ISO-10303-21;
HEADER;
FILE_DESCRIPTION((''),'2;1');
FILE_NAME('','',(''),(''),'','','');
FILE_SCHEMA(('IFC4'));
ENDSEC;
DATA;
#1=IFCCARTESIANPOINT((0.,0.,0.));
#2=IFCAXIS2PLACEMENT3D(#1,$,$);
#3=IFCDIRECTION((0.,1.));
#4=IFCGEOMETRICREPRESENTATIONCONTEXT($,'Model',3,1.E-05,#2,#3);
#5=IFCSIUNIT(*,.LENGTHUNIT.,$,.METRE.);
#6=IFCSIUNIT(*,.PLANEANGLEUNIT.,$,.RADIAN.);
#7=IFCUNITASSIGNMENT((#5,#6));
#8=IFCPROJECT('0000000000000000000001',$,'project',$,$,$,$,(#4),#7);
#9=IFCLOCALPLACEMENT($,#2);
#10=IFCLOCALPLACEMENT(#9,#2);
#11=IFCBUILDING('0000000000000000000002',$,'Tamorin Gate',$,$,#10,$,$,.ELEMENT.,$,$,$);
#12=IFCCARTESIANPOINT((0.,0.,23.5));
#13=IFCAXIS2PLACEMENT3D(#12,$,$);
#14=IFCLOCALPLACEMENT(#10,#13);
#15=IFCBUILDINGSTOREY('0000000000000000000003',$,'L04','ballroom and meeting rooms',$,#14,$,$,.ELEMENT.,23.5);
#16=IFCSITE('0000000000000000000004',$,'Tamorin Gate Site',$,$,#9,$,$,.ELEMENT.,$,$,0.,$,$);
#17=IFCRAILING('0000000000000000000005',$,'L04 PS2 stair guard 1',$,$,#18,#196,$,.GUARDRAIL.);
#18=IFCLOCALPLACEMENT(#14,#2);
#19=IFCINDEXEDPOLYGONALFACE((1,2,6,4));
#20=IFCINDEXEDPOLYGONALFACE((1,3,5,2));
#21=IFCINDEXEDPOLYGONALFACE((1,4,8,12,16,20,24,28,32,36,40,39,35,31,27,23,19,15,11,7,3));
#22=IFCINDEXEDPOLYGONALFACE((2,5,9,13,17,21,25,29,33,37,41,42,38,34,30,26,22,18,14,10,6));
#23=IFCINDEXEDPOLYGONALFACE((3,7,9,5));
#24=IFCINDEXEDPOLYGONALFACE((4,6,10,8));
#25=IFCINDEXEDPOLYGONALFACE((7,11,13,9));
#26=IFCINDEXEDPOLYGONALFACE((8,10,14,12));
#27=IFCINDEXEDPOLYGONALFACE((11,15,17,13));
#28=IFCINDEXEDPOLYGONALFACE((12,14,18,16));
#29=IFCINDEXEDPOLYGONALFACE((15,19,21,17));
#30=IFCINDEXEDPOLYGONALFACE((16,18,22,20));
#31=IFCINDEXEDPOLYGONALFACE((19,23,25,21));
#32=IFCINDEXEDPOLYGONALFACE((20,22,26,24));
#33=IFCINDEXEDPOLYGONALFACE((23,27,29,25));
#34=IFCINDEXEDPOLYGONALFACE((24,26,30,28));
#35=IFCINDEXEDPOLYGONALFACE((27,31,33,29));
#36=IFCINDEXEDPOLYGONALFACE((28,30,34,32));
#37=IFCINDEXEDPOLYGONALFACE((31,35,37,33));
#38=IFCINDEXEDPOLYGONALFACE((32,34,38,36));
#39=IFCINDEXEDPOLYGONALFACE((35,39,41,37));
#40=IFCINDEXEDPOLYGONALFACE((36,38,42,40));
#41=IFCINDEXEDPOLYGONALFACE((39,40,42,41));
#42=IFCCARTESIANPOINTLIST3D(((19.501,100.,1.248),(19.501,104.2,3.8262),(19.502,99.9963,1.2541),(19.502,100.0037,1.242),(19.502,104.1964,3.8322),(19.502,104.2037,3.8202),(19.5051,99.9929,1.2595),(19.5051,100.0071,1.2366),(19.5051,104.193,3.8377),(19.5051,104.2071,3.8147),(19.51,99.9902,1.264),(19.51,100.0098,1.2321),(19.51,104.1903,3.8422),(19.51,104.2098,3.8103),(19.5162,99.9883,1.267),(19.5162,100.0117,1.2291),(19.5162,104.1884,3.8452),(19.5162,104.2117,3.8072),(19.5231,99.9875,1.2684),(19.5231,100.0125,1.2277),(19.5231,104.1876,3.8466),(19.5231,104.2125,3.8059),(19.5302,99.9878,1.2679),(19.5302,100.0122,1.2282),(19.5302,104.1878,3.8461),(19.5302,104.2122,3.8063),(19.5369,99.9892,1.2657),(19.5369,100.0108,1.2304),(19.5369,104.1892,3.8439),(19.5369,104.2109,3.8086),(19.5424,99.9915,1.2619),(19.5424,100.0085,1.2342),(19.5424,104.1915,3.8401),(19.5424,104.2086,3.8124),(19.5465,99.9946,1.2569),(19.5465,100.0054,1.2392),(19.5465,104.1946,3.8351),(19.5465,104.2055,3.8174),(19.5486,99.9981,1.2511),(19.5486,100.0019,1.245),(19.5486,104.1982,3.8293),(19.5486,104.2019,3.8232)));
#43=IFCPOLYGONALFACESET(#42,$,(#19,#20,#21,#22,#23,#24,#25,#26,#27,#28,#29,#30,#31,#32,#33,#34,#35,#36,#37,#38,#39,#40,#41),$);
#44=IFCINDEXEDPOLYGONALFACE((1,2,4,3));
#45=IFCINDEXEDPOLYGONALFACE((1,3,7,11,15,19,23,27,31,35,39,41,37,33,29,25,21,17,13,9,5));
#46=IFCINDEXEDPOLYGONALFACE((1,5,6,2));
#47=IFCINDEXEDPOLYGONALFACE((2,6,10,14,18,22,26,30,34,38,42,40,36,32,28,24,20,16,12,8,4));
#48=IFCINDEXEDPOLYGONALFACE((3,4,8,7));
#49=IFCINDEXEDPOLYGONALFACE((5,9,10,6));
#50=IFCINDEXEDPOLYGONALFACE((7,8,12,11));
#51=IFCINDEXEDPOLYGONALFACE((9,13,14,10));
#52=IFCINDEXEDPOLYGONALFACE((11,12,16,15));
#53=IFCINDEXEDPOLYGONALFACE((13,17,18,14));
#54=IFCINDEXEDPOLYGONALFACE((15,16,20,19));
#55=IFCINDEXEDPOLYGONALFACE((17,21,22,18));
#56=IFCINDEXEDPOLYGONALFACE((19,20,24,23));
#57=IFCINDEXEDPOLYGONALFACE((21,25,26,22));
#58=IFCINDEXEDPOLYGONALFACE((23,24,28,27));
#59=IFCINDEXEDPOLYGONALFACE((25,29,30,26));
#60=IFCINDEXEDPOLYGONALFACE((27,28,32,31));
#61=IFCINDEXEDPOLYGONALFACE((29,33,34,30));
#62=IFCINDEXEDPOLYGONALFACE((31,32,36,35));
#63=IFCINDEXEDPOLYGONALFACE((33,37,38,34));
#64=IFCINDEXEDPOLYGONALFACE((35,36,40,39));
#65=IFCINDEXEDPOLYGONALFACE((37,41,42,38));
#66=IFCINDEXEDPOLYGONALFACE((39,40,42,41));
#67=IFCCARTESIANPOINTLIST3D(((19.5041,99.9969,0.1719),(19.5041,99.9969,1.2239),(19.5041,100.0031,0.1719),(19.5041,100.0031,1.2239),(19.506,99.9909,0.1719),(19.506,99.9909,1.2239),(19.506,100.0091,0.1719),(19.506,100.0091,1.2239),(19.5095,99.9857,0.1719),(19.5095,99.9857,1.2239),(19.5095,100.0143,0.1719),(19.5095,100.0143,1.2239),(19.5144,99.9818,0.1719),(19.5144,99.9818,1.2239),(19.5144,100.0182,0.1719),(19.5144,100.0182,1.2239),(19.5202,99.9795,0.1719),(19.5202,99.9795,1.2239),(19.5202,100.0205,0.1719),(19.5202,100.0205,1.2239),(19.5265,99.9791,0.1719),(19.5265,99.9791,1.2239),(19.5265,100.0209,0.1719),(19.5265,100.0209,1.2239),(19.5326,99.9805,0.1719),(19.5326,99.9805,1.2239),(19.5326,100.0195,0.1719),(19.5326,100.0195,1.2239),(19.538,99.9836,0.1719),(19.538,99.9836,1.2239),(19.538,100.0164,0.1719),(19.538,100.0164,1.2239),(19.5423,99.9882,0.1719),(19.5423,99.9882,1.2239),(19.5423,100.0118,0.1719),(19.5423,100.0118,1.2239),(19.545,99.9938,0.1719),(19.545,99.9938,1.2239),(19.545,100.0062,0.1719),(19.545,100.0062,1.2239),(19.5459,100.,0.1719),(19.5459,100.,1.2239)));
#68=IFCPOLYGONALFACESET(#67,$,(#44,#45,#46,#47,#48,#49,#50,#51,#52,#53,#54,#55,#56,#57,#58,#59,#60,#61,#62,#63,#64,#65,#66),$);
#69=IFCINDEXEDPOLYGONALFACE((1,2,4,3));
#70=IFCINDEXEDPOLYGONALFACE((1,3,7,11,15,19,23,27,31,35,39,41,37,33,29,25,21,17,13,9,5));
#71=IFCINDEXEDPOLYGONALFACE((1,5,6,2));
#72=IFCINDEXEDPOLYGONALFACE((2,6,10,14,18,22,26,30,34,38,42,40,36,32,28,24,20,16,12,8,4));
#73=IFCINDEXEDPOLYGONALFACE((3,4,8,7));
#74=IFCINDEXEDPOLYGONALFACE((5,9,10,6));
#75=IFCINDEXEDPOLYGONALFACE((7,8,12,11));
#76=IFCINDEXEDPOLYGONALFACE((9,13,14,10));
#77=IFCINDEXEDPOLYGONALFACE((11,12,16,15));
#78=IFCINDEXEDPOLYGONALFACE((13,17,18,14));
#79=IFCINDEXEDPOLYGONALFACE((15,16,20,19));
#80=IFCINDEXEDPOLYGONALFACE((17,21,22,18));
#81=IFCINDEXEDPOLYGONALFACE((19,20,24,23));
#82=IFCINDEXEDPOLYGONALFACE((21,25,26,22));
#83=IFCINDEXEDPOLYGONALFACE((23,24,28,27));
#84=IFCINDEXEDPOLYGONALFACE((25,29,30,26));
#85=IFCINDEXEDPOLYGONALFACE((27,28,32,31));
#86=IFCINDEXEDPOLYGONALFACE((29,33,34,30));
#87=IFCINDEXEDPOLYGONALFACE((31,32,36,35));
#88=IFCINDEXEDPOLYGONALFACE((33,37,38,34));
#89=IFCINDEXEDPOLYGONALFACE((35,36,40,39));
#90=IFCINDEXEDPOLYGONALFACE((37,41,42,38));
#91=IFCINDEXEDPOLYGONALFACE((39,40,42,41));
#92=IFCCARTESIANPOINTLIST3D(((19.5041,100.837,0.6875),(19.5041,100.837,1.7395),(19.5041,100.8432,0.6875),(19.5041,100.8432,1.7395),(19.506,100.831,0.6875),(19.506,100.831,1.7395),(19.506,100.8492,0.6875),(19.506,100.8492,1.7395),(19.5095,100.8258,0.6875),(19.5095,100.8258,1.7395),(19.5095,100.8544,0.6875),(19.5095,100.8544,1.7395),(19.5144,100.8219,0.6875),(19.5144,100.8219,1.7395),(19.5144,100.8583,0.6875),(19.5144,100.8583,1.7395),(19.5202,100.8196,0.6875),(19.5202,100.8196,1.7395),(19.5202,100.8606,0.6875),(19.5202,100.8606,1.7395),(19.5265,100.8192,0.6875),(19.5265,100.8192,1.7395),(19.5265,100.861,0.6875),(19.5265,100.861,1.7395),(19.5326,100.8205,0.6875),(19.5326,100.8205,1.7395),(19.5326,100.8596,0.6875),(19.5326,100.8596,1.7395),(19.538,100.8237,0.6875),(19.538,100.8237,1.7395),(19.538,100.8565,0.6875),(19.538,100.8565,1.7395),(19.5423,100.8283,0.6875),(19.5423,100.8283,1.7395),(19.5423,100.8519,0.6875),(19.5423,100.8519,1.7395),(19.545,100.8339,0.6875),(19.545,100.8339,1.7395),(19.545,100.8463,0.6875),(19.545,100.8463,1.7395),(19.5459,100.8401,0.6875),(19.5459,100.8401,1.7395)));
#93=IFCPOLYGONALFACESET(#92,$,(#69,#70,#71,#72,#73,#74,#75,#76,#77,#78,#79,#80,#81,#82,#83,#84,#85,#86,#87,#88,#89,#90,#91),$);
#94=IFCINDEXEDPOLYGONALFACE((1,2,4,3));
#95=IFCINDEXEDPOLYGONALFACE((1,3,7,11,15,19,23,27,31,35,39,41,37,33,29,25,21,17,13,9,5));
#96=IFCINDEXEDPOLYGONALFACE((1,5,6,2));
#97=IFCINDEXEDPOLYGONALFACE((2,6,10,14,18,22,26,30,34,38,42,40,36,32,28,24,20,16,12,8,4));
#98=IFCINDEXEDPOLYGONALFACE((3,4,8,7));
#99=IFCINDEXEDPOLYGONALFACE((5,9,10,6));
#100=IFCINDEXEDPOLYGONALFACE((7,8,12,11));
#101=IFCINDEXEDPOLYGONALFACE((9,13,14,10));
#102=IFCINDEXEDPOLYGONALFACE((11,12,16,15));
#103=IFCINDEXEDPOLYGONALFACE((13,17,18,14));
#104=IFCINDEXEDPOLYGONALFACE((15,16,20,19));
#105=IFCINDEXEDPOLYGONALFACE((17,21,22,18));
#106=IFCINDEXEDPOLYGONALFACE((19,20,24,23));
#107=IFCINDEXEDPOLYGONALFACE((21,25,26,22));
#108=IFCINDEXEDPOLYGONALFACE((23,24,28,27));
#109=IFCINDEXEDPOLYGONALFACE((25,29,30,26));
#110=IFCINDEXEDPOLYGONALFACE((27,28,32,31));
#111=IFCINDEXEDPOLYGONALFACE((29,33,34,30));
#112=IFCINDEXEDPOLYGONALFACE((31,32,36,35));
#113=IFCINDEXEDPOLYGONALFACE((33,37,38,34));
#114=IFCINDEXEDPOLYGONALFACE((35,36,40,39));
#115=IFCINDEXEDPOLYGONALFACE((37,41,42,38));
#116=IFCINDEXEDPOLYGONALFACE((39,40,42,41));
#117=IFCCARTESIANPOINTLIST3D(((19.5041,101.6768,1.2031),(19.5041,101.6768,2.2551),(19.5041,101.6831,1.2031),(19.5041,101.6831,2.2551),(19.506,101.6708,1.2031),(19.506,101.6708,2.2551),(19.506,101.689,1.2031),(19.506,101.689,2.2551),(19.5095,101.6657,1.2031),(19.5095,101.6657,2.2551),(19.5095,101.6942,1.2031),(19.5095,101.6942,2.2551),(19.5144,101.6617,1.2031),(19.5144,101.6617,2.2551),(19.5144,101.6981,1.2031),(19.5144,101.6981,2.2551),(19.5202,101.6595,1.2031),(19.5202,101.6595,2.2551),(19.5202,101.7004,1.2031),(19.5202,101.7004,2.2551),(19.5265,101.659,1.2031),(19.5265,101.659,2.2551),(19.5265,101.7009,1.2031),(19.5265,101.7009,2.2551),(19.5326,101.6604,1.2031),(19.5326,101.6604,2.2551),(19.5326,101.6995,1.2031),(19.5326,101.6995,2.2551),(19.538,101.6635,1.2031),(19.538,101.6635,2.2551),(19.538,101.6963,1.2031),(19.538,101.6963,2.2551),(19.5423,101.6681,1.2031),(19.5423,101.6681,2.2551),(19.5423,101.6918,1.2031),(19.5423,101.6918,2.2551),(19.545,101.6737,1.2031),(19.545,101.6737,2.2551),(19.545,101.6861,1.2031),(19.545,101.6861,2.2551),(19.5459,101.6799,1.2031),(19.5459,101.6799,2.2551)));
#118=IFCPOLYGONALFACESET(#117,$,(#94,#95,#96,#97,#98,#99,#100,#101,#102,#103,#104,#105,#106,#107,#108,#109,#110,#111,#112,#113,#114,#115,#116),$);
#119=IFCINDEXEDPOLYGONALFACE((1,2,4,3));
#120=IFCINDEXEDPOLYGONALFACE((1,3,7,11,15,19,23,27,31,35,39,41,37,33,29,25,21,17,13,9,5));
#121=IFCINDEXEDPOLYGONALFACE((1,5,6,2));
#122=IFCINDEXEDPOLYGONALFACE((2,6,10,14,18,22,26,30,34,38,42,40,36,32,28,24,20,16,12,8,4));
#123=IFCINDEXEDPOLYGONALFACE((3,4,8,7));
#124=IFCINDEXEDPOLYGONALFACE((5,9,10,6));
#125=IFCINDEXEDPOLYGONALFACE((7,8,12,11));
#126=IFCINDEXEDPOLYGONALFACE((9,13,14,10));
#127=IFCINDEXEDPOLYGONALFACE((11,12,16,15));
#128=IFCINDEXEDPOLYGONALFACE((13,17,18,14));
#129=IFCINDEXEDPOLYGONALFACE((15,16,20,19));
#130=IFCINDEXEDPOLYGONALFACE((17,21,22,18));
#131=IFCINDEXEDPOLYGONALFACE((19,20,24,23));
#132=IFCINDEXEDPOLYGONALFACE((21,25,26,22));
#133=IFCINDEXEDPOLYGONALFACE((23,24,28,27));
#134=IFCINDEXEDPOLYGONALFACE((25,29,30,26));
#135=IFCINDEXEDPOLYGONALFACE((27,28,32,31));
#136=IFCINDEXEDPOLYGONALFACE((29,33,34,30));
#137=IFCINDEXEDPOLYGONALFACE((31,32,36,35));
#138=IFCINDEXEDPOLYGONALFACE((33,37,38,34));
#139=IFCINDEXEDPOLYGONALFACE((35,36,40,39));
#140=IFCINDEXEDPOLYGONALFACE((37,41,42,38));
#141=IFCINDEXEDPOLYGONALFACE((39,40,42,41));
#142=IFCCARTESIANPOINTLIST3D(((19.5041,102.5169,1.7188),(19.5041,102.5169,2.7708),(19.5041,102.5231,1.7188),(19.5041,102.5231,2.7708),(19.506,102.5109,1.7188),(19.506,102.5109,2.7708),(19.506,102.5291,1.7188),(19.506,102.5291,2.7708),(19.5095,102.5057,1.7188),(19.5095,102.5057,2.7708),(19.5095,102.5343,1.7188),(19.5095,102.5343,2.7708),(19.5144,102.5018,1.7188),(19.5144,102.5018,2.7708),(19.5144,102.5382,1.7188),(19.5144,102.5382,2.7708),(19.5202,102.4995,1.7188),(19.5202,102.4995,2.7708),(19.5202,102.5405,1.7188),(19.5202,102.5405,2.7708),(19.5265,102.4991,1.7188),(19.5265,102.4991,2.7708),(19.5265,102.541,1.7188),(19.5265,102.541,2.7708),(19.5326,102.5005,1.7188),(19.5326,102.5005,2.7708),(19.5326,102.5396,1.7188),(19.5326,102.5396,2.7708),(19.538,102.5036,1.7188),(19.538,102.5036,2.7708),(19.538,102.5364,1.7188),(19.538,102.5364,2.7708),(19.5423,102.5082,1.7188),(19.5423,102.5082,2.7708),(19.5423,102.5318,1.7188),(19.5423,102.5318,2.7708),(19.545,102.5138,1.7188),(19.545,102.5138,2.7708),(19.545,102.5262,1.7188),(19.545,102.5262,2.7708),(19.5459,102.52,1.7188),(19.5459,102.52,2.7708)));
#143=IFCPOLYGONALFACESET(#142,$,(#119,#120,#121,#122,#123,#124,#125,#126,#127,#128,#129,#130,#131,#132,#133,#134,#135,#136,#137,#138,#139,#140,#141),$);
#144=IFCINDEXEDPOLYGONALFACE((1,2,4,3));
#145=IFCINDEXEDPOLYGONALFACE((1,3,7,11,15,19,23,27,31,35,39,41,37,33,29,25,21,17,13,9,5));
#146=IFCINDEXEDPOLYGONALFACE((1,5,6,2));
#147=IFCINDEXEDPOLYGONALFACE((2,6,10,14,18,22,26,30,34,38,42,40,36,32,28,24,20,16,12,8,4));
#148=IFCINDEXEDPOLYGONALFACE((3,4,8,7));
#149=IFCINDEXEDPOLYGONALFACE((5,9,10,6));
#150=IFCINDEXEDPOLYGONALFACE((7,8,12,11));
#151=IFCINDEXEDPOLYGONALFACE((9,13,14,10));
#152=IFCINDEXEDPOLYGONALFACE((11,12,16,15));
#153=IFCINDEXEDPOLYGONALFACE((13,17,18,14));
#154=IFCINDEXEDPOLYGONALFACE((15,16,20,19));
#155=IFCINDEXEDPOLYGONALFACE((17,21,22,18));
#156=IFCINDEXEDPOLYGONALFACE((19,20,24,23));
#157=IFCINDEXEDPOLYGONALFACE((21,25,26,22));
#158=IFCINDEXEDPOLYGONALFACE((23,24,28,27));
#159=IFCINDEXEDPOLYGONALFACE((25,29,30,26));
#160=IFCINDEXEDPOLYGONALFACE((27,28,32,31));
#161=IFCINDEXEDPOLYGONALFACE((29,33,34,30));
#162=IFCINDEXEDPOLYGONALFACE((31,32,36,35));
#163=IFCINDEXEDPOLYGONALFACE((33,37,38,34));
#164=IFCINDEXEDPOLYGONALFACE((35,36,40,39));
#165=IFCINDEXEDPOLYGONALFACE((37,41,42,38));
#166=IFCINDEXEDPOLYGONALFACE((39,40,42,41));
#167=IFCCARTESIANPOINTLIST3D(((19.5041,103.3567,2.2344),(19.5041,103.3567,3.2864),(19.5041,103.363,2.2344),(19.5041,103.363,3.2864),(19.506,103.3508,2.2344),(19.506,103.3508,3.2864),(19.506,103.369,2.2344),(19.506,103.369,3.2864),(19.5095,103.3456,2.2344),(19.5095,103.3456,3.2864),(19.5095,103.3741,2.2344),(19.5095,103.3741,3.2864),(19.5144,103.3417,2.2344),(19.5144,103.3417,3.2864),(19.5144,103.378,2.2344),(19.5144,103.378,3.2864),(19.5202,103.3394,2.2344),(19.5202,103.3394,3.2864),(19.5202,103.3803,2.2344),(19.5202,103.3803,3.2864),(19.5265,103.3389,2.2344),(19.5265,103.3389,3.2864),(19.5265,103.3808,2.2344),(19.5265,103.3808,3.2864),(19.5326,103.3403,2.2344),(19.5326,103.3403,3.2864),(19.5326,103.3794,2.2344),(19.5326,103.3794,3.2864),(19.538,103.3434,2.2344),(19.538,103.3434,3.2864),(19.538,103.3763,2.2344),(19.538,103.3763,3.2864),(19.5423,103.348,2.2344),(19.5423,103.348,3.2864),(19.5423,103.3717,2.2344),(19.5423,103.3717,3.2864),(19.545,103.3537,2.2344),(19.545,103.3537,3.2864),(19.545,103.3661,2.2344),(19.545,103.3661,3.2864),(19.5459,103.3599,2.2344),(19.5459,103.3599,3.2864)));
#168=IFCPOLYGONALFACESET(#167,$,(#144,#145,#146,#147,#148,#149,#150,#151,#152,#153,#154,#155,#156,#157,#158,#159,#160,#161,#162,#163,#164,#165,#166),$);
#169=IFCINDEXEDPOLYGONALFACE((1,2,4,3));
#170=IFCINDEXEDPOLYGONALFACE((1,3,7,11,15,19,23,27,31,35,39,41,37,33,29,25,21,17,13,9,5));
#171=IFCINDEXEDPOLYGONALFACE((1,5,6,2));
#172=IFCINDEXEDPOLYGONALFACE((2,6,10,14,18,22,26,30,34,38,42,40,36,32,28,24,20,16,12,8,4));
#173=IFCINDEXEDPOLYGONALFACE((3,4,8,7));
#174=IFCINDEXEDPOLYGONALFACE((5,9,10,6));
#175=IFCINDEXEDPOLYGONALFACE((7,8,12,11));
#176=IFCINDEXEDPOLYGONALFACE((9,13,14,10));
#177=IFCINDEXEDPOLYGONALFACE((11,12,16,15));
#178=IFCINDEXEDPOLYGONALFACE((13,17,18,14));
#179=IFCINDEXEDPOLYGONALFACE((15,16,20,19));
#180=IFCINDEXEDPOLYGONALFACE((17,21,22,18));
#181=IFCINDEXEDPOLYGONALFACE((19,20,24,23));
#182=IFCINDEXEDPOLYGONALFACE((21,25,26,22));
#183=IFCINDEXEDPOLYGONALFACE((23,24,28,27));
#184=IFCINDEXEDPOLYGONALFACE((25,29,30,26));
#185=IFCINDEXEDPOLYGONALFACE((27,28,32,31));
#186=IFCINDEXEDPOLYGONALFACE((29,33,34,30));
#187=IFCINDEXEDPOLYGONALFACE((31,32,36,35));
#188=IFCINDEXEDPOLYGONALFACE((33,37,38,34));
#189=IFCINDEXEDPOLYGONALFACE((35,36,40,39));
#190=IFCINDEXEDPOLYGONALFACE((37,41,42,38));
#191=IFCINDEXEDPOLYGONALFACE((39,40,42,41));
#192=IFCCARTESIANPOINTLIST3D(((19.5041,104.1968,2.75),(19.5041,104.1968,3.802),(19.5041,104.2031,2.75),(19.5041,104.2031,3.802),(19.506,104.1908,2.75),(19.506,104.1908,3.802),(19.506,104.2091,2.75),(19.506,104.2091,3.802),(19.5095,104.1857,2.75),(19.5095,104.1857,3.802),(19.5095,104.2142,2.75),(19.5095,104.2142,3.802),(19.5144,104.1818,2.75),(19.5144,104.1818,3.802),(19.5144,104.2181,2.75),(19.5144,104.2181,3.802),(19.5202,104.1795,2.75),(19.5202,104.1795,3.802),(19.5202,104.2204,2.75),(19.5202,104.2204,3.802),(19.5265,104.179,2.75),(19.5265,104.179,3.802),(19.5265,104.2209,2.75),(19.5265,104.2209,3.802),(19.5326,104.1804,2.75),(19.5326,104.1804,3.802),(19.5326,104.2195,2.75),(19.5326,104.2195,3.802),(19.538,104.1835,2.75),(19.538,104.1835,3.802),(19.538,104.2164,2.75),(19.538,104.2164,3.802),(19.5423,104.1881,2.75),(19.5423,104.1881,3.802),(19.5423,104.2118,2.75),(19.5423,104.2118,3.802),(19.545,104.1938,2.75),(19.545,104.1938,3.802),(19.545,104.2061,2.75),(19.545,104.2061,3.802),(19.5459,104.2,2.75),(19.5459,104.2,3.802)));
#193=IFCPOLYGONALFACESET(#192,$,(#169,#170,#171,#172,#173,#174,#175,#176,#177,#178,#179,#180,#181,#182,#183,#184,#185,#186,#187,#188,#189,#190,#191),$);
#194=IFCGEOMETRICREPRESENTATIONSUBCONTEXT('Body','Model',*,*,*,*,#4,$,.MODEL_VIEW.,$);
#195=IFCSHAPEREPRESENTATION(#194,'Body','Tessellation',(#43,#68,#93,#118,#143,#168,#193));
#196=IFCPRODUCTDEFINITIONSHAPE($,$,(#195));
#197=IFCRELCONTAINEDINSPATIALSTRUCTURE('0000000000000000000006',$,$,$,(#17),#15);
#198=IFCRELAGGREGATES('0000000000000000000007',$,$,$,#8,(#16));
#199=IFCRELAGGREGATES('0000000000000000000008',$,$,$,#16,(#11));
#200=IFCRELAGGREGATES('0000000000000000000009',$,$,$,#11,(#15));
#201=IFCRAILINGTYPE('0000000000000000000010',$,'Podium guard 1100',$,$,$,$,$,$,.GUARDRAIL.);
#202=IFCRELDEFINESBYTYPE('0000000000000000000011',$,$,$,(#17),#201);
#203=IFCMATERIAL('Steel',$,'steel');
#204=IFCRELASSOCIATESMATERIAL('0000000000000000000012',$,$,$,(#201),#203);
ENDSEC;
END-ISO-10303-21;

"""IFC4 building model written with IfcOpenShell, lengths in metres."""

from ifc_helpers import new_model, si_unit, direction, frame, origin, origin_2d, place, context, subcontext, project, spatial, circle, extrude, material, type_object, element, save


model = new_model("IFC4")

# Units and contexts
model_context = context("Model", 3, precision=1e-05, world=origin(), true_north=direction((0.0, 1.0)))
body_context = subcontext(model_context, "Body", "Model", "MODEL_VIEW")
ifc_project = project(units=[si_unit("LENGTHUNIT", "METRE"), si_unit("PLANEANGLEUNIT", "RADIAN")], contexts=[model_context])

# Site, building, storey
site_placement = place(None, origin())
site = spatial("IfcSite", under=ifc_project, at=site_placement, Name="Tamorin Gate Site", CompositionType="ELEMENT", RefElevation=0.0)
building_placement = place(site_placement, origin())
building = spatial("IfcBuilding", under=site, at=building_placement, Name="Tamorin Gate", CompositionType="ELEMENT")
storey_placement = place(building_placement, frame((0.0, 0.0, 23.5)))
storey = spatial("IfcBuildingStorey", under=building, at=storey_placement, Name="L04", Description="ballroom and meeting rooms", CompositionType="ELEMENT", Elevation=23.5)

# Railing
ifc_material_1 = material(Name="Steel", Category="steel")
railing_type_1 = type_object("IfcRailingType", Name="Podium guard 1100", PredefinedType="GUARDRAIL", material=ifc_material_1)
railing_1_placement = place(storey_placement, frame((19.5249, 100.0, 0.1719)))
element("IfcRailing", 1, at=railing_1_placement, inside=storey, type_object=railing_type_1, Name="L04 PS2 stair guard 1", PredefinedType="GUARDRAIL", context=body_context, shape_type="SweptSolid", body=[
    extrude(circle(Radius=0.0239, at=origin_2d()), frame((0.0, 0.0, 1.0762), z_axis=(0.0, 0.852243, 0.523146), x_axis=(-1.0, 0.0, 0.0)), (0.0, 0.0, 1.0), 4.9282),
    extrude(circle(Radius=0.021, at=origin_2d()), origin(), (0.0, 0.0, 1.0), 1.052),
    extrude(circle(Radius=0.021, at=origin_2d()), frame((0.0, 0.8401, 0.5156)), (0.0, 0.0, 1.0), 1.052),
    extrude(circle(Radius=0.021, at=origin_2d()), frame((0.0, 1.6799, 1.0312)), (0.0, 0.0, 1.0), 1.052),
    extrude(circle(Radius=0.021, at=origin_2d()), frame((0.0, 2.52, 1.5469)), (0.0, 0.0, 1.0), 1.052),
    extrude(circle(Radius=0.021, at=origin_2d()), frame((0.0, 3.3599, 2.0625)), (0.0, 0.0, 1.0), 1.052),
    extrude(circle(Radius=0.021, at=origin_2d()), frame((0.0, 4.2, 2.5781)), (0.0, 0.0, 1.0), 1.052),
])

save(model, "model.ifc")
